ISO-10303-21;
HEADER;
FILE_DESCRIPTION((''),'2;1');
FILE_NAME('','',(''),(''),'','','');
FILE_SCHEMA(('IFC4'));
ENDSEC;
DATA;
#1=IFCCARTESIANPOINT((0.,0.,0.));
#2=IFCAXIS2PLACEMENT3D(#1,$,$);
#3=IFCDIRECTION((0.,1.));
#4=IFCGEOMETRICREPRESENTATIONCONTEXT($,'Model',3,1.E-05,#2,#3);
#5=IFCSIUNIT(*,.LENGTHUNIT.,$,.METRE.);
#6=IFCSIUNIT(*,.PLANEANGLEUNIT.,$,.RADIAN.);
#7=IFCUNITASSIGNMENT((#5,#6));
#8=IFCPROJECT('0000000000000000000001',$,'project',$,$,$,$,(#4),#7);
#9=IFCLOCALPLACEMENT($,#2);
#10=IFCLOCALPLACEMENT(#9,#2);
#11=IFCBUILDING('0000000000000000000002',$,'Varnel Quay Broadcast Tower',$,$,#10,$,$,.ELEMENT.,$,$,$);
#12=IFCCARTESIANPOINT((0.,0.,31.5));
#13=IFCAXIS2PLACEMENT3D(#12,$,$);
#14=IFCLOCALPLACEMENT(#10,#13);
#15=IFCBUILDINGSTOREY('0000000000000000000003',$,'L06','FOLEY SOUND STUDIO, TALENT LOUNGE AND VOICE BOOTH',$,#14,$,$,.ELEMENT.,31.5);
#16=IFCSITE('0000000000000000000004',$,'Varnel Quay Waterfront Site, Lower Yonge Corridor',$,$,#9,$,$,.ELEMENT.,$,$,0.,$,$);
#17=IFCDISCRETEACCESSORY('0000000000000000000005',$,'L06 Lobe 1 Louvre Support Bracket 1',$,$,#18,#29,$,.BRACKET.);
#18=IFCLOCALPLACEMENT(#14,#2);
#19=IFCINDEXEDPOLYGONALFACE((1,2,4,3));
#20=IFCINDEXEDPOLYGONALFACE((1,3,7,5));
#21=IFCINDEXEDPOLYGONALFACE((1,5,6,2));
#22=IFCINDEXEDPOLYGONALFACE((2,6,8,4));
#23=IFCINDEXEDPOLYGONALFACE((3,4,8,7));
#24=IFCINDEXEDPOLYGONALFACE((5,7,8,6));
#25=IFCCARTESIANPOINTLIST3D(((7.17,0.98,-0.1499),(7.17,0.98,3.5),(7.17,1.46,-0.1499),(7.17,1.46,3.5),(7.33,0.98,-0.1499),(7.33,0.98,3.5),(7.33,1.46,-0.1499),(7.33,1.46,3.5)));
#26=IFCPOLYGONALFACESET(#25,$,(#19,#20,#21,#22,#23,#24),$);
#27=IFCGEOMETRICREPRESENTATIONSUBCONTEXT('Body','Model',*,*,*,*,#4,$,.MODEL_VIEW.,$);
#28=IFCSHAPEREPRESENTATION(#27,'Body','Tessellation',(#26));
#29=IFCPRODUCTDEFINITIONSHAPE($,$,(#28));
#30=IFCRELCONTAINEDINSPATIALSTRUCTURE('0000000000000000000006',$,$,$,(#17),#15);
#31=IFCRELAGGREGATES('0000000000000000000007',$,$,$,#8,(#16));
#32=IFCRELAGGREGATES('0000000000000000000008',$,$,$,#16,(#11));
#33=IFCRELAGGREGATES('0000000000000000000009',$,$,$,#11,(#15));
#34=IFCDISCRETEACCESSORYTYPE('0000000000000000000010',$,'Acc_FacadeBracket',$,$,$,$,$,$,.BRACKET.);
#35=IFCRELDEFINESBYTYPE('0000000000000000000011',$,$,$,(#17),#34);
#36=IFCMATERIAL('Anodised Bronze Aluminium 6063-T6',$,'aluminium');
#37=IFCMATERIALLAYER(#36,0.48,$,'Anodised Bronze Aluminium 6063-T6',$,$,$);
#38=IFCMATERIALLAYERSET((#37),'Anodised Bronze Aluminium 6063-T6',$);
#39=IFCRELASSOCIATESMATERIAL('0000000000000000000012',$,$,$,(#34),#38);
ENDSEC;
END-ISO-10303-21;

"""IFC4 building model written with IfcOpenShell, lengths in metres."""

from ifc_helpers import new_model, si_unit, direction, frame, origin, origin_2d, place, context, subcontext, project, spatial, rectangle, extrude, source, transform, mapped, material, layer, layer_set, type_object, type_shapes, element, save


model = new_model("IFC4")

# Units and contexts
model_context = context("Model", 3, precision=1e-05, world=origin(), true_north=direction((0.0, 1.0)))
body_context = subcontext(model_context, "Body", "Model", "MODEL_VIEW")
ifc_project = project(units=[si_unit("LENGTHUNIT", "METRE"), si_unit("PLANEANGLEUNIT", "RADIAN")], contexts=[model_context])

# Site, building, storey
site_placement = place(None, origin())
site = spatial("IfcSite", under=ifc_project, at=site_placement, Name="Varnel Quay Waterfront Site, Lower Yonge Corridor", CompositionType="ELEMENT", RefElevation=0.0)
building_placement = place(site_placement, origin())
building = spatial("IfcBuilding", under=site, at=building_placement, Name="Varnel Quay Broadcast Tower", CompositionType="ELEMENT")
storey_placement = place(building_placement, frame((0.0, 0.0, 31.5)))
storey = spatial("IfcBuildingStorey", under=building, at=storey_placement, Name="L06", Description="FOLEY SOUND STUDIO, TALENT LOUNGE AND VOICE BOOTH", CompositionType="ELEMENT", Elevation=31.5)

# Shared definitions
ifc_material_1 = material(Name="Anodised Bronze Aluminium 6063-T6", Category="aluminium")

# Discrete accessory
ifc_layer_1 = layer(ifc_material_1, 0.48, Name="Anodised Bronze Aluminium 6063-T6")
ifc_layer_set_1 = layer_set([ifc_layer_1], Name="Anodised Bronze Aluminium 6063-T6")
discrete_accessory_type = type_object("IfcDiscreteAccessoryType", Name="Acc_FacadeBracket", PredefinedType="BRACKET", material=ifc_layer_set_1)
shared_shape_1 = source(origin(), body_context, "Body", "SweptSolid", [
    extrude(rectangle(XDim=0.1599, YDim=0.48, at=origin_2d()), origin(), (0.0, 0.0, 1.0), 3.6499),
])
type_shapes(discrete_accessory_type, [shared_shape_1])
discrete_accessory_placement = place(storey_placement, frame((7.25, 1.22, -0.1499), z_axis=(0.0, 0.0, 1.0), x_axis=(1.0, 0.0, 0.0)))
element("IfcDiscreteAccessory", 1, at=discrete_accessory_placement, inside=storey, type_object=discrete_accessory_type, Name="L06 Lobe 1 Louvre Support Bracket 1", PredefinedType="BRACKET", context=body_context, shape_type="MappedRepresentation", body=[
    mapped(shared_shape_1, transform((0.0, 0.0, 0.0), x_axis=(1.0, 0.0, 0.0), y_axis=(0.0, 1.0, 0.0), z_axis=(0.0, 0.0, 1.0), scale=1.0)),
])

save(model, "model.ifc")
